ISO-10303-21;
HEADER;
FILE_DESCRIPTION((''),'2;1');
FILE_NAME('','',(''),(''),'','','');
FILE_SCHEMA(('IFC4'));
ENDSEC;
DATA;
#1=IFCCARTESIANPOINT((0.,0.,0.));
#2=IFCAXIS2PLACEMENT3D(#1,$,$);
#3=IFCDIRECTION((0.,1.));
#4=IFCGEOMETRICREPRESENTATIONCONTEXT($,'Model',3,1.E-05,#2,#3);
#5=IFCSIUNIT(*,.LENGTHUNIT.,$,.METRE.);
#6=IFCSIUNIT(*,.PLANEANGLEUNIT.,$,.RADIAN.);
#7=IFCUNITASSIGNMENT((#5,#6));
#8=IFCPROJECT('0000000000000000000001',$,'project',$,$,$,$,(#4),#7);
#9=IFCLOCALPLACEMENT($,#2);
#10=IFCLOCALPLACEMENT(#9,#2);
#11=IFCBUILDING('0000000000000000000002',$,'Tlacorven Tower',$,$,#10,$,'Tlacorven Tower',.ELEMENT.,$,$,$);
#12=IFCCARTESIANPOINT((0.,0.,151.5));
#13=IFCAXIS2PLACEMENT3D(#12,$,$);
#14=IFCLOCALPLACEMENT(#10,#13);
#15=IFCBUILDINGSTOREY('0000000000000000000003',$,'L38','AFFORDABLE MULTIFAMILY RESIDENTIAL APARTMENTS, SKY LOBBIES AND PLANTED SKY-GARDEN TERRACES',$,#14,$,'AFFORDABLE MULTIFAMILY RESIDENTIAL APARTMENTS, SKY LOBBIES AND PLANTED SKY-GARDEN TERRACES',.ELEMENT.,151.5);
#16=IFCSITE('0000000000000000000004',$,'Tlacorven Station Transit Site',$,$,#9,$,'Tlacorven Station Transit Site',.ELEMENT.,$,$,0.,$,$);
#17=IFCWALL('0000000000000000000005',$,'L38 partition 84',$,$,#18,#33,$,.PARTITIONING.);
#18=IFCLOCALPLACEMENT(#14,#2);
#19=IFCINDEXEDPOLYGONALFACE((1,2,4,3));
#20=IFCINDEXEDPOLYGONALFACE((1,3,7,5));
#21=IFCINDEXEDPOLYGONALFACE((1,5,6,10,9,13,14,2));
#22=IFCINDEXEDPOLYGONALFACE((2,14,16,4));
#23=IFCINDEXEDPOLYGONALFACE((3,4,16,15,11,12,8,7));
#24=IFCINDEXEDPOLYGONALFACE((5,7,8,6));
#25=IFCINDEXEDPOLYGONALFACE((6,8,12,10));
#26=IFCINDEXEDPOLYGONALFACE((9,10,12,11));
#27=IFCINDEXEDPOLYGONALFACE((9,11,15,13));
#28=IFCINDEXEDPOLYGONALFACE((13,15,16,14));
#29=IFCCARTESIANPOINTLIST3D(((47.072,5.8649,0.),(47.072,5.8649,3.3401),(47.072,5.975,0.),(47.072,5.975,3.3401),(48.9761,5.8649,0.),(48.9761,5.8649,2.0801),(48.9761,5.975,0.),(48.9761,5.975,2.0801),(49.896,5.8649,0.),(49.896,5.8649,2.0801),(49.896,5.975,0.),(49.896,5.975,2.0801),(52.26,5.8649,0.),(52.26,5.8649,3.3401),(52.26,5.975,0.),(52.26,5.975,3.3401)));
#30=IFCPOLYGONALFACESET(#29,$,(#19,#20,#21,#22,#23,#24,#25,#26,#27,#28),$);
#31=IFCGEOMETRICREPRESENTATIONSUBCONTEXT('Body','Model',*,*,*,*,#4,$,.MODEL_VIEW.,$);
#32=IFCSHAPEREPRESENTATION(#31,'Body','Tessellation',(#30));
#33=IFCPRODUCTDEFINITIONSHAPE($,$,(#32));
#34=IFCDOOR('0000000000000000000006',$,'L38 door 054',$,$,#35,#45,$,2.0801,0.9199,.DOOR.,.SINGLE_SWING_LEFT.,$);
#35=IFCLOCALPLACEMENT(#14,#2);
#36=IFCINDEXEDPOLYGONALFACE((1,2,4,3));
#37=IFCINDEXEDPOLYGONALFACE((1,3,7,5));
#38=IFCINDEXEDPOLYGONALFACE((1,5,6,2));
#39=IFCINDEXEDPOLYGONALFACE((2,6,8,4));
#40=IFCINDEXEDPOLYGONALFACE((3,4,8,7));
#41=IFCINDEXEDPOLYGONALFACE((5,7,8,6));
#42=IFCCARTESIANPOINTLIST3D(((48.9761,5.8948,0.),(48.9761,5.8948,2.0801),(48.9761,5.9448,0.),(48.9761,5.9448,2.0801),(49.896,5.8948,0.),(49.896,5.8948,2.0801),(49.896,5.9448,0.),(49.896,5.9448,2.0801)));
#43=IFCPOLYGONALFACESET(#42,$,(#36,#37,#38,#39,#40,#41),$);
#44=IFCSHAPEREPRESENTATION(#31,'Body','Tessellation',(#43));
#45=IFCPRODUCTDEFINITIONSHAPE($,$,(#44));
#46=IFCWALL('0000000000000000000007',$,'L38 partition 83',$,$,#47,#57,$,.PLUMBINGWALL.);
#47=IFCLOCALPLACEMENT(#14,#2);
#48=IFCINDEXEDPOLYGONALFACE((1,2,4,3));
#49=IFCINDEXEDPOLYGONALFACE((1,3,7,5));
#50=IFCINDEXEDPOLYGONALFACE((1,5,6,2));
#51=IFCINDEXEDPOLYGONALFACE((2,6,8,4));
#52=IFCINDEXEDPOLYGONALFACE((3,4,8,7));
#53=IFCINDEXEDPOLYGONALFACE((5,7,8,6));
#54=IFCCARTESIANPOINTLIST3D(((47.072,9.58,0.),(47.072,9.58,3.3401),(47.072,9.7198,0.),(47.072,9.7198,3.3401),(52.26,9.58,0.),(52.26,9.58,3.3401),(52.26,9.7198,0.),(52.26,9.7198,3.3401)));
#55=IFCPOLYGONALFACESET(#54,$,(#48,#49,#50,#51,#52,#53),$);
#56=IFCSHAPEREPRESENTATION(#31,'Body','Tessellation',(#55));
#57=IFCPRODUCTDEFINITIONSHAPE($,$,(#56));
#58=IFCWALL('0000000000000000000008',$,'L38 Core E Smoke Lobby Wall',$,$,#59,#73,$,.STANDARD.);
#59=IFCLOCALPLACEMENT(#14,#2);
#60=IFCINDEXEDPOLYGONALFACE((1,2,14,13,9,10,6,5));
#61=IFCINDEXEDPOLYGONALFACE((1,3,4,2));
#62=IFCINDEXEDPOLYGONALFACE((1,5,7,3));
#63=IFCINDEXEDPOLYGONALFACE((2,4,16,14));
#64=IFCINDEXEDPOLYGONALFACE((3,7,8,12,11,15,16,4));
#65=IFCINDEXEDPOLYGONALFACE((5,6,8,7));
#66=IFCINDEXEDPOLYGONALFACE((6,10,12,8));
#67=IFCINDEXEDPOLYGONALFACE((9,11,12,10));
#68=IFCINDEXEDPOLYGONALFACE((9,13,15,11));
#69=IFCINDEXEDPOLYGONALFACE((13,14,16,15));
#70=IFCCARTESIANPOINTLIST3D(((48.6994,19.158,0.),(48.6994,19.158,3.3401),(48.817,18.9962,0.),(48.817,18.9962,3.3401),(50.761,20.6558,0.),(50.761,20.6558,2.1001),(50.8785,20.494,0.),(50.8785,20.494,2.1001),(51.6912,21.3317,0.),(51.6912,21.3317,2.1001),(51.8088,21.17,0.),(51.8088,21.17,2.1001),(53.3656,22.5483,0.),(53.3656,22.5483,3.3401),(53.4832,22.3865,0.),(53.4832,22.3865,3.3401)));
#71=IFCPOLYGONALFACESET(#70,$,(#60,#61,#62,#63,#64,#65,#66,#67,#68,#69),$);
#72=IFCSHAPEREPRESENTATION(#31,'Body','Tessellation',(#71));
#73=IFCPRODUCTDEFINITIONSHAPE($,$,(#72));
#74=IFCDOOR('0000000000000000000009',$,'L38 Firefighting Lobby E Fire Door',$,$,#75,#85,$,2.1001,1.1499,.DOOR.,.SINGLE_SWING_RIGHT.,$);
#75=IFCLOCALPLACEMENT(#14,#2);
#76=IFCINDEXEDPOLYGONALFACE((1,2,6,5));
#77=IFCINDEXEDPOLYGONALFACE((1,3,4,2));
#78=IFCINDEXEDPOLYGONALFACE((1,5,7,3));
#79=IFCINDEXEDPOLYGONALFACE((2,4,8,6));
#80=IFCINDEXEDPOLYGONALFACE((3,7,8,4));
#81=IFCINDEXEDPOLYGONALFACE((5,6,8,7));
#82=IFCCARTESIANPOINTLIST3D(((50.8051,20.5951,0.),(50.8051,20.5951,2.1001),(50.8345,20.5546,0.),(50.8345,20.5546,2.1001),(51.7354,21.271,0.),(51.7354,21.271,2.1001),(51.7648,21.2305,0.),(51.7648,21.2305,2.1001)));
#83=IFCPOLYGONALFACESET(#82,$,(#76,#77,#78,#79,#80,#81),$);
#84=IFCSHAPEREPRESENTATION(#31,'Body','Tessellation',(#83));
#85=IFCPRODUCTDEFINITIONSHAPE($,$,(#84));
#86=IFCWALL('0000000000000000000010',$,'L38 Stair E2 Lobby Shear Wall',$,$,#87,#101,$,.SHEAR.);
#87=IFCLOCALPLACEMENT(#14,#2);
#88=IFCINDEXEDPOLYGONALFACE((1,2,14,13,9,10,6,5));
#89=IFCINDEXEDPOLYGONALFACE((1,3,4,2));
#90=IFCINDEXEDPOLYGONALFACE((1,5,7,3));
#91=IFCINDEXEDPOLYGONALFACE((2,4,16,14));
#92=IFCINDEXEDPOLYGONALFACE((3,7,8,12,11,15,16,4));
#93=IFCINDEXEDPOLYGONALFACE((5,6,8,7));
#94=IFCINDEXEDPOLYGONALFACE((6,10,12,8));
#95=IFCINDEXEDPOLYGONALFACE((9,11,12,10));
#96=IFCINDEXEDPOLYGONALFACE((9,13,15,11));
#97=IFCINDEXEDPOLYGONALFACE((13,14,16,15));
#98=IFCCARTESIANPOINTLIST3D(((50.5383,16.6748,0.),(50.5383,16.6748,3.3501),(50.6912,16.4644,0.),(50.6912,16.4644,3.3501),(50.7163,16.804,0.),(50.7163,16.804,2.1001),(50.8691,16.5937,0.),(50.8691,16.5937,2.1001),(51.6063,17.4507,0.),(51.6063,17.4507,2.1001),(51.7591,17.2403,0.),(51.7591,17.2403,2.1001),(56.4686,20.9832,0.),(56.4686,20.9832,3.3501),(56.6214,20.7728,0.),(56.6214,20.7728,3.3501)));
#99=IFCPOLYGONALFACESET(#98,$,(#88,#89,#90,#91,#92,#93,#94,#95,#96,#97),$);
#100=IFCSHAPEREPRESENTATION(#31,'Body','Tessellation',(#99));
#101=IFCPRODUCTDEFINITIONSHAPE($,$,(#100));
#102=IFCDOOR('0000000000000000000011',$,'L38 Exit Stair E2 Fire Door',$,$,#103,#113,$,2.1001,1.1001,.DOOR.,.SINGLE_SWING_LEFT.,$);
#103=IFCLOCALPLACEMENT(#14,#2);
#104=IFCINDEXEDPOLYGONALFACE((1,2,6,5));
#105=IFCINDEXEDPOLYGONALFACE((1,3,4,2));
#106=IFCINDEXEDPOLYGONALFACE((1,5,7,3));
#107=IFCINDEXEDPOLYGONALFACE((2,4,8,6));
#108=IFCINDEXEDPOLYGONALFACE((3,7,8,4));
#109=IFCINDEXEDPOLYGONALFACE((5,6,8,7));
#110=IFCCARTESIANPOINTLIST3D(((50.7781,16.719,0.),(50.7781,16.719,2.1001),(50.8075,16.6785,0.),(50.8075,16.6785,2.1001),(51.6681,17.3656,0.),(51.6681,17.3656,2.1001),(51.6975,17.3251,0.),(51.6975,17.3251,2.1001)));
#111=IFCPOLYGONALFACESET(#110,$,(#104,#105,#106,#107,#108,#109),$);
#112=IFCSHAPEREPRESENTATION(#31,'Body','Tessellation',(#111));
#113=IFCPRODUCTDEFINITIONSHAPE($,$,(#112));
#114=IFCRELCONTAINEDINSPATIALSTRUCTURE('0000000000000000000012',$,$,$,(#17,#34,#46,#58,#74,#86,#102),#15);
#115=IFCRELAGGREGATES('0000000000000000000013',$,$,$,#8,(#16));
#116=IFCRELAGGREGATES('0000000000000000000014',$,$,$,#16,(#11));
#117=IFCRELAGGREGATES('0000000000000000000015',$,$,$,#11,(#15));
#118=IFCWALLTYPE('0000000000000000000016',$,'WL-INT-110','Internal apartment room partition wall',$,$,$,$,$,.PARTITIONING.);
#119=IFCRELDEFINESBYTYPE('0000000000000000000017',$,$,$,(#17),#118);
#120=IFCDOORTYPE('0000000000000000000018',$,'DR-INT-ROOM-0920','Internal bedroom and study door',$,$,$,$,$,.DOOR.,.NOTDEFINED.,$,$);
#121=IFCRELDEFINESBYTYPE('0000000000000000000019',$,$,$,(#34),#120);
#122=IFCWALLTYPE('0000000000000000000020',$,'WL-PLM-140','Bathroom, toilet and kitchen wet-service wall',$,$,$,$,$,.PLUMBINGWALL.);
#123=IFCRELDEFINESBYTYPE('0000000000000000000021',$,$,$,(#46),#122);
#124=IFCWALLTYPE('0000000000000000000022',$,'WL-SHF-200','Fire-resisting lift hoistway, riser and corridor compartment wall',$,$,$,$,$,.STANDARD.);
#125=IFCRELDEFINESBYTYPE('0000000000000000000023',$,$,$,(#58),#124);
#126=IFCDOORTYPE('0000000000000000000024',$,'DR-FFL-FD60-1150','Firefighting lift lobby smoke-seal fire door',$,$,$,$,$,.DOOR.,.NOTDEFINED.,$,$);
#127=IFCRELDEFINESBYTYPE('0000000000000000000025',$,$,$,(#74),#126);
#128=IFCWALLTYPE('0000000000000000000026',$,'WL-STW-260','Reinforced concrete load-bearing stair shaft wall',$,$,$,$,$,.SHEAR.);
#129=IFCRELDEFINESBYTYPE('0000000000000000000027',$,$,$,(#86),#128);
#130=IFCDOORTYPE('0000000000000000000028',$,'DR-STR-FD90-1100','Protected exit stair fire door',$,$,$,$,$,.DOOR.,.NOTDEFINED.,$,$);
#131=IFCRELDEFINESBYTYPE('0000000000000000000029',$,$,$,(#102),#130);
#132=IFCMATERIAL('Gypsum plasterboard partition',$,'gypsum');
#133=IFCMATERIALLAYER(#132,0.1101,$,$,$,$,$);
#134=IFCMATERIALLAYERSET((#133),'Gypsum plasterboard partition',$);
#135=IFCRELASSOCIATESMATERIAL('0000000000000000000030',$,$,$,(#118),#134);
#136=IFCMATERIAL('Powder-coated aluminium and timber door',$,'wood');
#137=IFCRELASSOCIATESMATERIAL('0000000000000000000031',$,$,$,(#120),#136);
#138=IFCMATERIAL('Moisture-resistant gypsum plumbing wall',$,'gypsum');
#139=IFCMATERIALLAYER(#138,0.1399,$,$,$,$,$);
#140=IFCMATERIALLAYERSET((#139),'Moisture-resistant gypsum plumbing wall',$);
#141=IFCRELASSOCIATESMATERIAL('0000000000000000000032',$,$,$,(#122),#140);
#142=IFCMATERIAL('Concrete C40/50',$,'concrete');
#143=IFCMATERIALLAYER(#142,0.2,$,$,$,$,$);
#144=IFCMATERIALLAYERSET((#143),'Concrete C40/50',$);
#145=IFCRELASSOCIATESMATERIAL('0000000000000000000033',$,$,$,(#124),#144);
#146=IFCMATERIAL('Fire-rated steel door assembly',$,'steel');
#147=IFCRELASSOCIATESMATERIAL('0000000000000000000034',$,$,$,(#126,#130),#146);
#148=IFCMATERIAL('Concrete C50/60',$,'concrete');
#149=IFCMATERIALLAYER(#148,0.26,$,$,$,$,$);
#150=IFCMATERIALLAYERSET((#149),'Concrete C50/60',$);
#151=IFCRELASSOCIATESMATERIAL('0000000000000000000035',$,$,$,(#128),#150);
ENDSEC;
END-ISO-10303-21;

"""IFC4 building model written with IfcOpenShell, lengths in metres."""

from ifc_helpers import new_model, si_unit, direction, frame, frame_2d, origin, place, context, subcontext, project, spatial, rectangle, extrude, source, transform, mapped, material, layer, layer_set, type_object, element, fill, save


model = new_model("IFC4")

# Units and contexts
model_context = context("Model", 3, precision=1e-05, world=origin(), true_north=direction((0.0, 1.0)))
body_context = subcontext(model_context, "Body", "Model", "MODEL_VIEW")
ifc_project = project(units=[si_unit("LENGTHUNIT", "METRE"), si_unit("PLANEANGLEUNIT", "RADIAN")], contexts=[model_context])

# Site, building, storey
site_placement = place(None, origin())
site = spatial("IfcSite", under=ifc_project, at=site_placement, Name="Tlacorven Station Transit Site", LongName="Tlacorven Station Transit Site", CompositionType="ELEMENT", RefElevation=0.0)
building_placement = place(site_placement, origin())
building = spatial("IfcBuilding", under=site, at=building_placement, Name="Tlacorven Tower", LongName="Tlacorven Tower", CompositionType="ELEMENT")
storey_placement = place(building_placement, frame((0.0, 0.0, 151.5)))
storey = spatial("IfcBuildingStorey", under=building, at=storey_placement, Name="L38", Description="AFFORDABLE MULTIFAMILY RESIDENTIAL APARTMENTS, SKY LOBBIES AND PLANTED SKY-GARDEN TERRACES", LongName="AFFORDABLE MULTIFAMILY RESIDENTIAL APARTMENTS, SKY LOBBIES AND PLANTED SKY-GARDEN TERRACES", CompositionType="ELEMENT", Elevation=151.5)

# Shared definitions
ifc_material_1 = material(Name="Gypsum plasterboard partition", Category="gypsum")
ifc_layer_1 = layer(ifc_material_1, 0.1101)
ifc_layer_set_1 = layer_set([ifc_layer_1], Name="Gypsum plasterboard partition")
wall_type_1 = type_object("IfcWallType", Name="WL-INT-110", Description="Internal apartment room partition wall", PredefinedType="PARTITIONING", material=ifc_layer_set_1)
ifc_material_2 = material(Name="Powder-coated aluminium and timber door", Category="wood")
door_type_1 = type_object("IfcDoorType", Name="DR-INT-ROOM-0920", Description="Internal bedroom and study door", OperationType="NOTDEFINED", PredefinedType="DOOR", material=ifc_material_2)
shared_shape_1 = source(origin(), body_context, "Body", "SweptSolid", [
    extrude(rectangle(XDim=0.9199, YDim=2.0801, at=frame_2d((0.46, 1.04))), frame((0.0, 0.0249, 0.0), z_axis=(0.0, -1.0, 0.0), x_axis=(1.0, 0.0, 0.0)), (0.0, 0.0, 1.0), 0.05),
])

# Wall, opening, door
wall_1_placement = place(storey_placement, frame((47.072, 5.9199, 0.0), z_axis=(0.0, 0.0, 1.0), x_axis=(1.0, 0.0, 0.0)))
wall_1 = element("IfcWall", 1, at=wall_1_placement, inside=storey, type_object=wall_type_1, Name="L38 partition 84", PredefinedType="PARTITIONING", context=body_context, shape_type="SweptSolid", body=[
    extrude(rectangle(XDim=5.188, YDim=0.1101, at=frame_2d((2.594, 0.0))), origin(), (0.0, 0.0, 1.0), 3.3401),
])
opening_1_placement = place(wall_1_placement, frame((1.9041, 0.0, 0.0)))
opening_1 = element("IfcOpeningElement", 2, at=opening_1_placement, cuts=wall_1, PredefinedType="OPENING", context=body_context, shape_type="SweptSolid", body=[
    extrude(rectangle(XDim=0.9199, YDim=2.0801, at=frame_2d((0.46, 1.04))), frame((0.0, 0.0649, 0.0), z_axis=(0.0, -1.0, 0.0), x_axis=(1.0, 0.0, 0.0)), (0.0, 0.0, 1.0), 0.1301),
])
door_1_placement = place(opening_1_placement, origin())
door_1 = element("IfcDoor", 3, at=door_1_placement, inside=storey, type_object=door_type_1, Name="L38 door 054", OperationType="SINGLE_SWING_LEFT", OverallHeight=2.0801, OverallWidth=0.9199, PredefinedType="DOOR", context=body_context, shape_type="MappedRepresentation", body=[
    mapped(shared_shape_1, transform((0.0, 0.0, 0.0), scale=1.0)),
])
fill(opening_1, door_1)

# Wall
ifc_material_3 = material(Name="Moisture-resistant gypsum plumbing wall", Category="gypsum")
ifc_layer_2 = layer(ifc_material_3, 0.1399)
ifc_layer_set_2 = layer_set([ifc_layer_2], Name="Moisture-resistant gypsum plumbing wall")
wall_type_2 = type_object("IfcWallType", Name="WL-PLM-140", Description="Bathroom, toilet and kitchen wet-service wall", PredefinedType="PLUMBINGWALL", material=ifc_layer_set_2)
wall_2_placement = place(storey_placement, frame((47.072, 9.6499, 0.0), z_axis=(0.0, 0.0, 1.0), x_axis=(1.0, 0.0, 0.0)))
element("IfcWall", 4, at=wall_2_placement, inside=storey, type_object=wall_type_2, Name="L38 partition 83", PredefinedType="PLUMBINGWALL", context=body_context, shape_type="SweptSolid", body=[
    extrude(rectangle(XDim=5.188, YDim=0.1399, at=frame_2d((2.594, 0.0))), origin(), (0.0, 0.0, 1.0), 3.3401),
])

# Walls, openings, doors
ifc_material_4 = material(Name="Concrete C40/50", Category="concrete")
ifc_layer_3 = layer(ifc_material_4, 0.2)
ifc_layer_set_3 = layer_set([ifc_layer_3], Name="Concrete C40/50")
wall_type_3 = type_object("IfcWallType", Name="WL-SHF-200", Description="Fire-resisting lift hoistway, riser and corridor compartment wall", PredefinedType="STANDARD", material=ifc_layer_set_3)
wall_3_placement = place(storey_placement, frame((48.7583, 19.0771, 0.0), z_axis=(0.0, 0.0, 1.0), x_axis=(0.809005, 0.587802, 0.0)))
wall_3 = element("IfcWall", 5, at=wall_3_placement, inside=storey, type_object=wall_type_3, Name="L38 Core E Smoke Lobby Wall", PredefinedType="STANDARD", context=body_context, shape_type="SweptSolid", body=[
    extrude(rectangle(XDim=5.7678, YDim=0.2, at=frame_2d((2.8838, 0.0))), origin(), (0.0, 0.0, 1.0), 3.3401),
])
opening_2_placement = place(wall_3_placement, frame((2.5481, 0.0, 0.0)))
opening_2 = element("IfcOpeningElement", 6, at=opening_2_placement, cuts=wall_3, PredefinedType="OPENING", context=body_context, shape_type="SweptSolid", body=[
    extrude(rectangle(XDim=1.1499, YDim=2.1001, at=frame_2d((0.575, 1.05))), frame((0.0, 0.1099, 0.0), z_axis=(0.0, -1.0, 0.0), x_axis=(1.0, 0.0, 0.0)), (0.0, 0.0, 1.0), 0.22),
])
ifc_material_5 = material(Name="Fire-rated steel door assembly", Category="steel")
door_type_2 = type_object("IfcDoorType", Name="DR-FFL-FD60-1150", Description="Firefighting lift lobby smoke-seal fire door", OperationType="NOTDEFINED", PredefinedType="DOOR", material=ifc_material_5)
shared_shape_2 = source(origin(), body_context, "Body", "SweptSolid", [
    extrude(rectangle(XDim=1.1499, YDim=2.1001, at=frame_2d((0.575, 1.05))), frame((0.0, 0.0249, 0.0), z_axis=(0.0, -1.0, 0.0), x_axis=(1.0, 0.0, 0.0)), (0.0, 0.0, 1.0), 0.05),
])
door_2_placement = place(opening_2_placement, origin())
door_2 = element("IfcDoor", 7, at=door_2_placement, inside=storey, type_object=door_type_2, Name="L38 Firefighting Lobby E Fire Door", OperationType="SINGLE_SWING_RIGHT", OverallHeight=2.1001, OverallWidth=1.1499, PredefinedType="DOOR", context=body_context, shape_type="MappedRepresentation", body=[
    mapped(shared_shape_2, transform((0.0, 0.0, 0.0), scale=1.0)),
])
fill(opening_2, door_2)
ifc_material_6 = material(Name="Concrete C50/60", Category="concrete")
ifc_layer_4 = layer(ifc_material_6, 0.26)
ifc_layer_set_4 = layer_set([ifc_layer_4], Name="Concrete C50/60")
wall_type_4 = type_object("IfcWallType", Name="WL-STW-260", Description="Reinforced concrete load-bearing stair shaft wall", PredefinedType="SHEAR", material=ifc_layer_set_4)
wall_4_placement = place(storey_placement, frame((50.6147, 16.5696, 0.0), z_axis=(0.0, 0.0, 1.0), x_axis=(0.809028, 0.58777, 0.0)))
wall_4 = element("IfcWall", 8, at=wall_4_placement, inside=storey, type_object=wall_type_4, Name="L38 Stair E2 Lobby Shear Wall", PredefinedType="SHEAR", context=body_context, shape_type="SweptSolid", body=[
    extrude(rectangle(XDim=7.3301, YDim=0.26, at=frame_2d((3.665, 0.0))), origin(), (0.0, 0.0, 1.0), 3.3501),
])
opening_3_placement = place(wall_4_placement, frame((0.22, 0.0, 0.0)))
opening_3 = element("IfcOpeningElement", 9, at=opening_3_placement, cuts=wall_4, PredefinedType="OPENING", context=body_context, shape_type="SweptSolid", body=[
    extrude(rectangle(XDim=1.1001, YDim=2.1001, at=frame_2d((0.55, 1.05))), frame((0.0, 0.1401, 0.0), z_axis=(0.0, -1.0, 0.0), x_axis=(1.0, 0.0, 0.0)), (0.0, 0.0, 1.0), 0.28),
])
door_type_3 = type_object("IfcDoorType", Name="DR-STR-FD90-1100", Description="Protected exit stair fire door", OperationType="NOTDEFINED", PredefinedType="DOOR", material=ifc_material_5)
shared_shape_3 = source(origin(), body_context, "Body", "SweptSolid", [
    extrude(rectangle(XDim=1.1001, YDim=2.1001, at=frame_2d((0.55, 1.05))), frame((0.0, 0.0249, 0.0), z_axis=(0.0, -1.0, 0.0), x_axis=(1.0, 0.0, 0.0)), (0.0, 0.0, 1.0), 0.05),
])
door_3_placement = place(opening_3_placement, origin())
door_3 = element("IfcDoor", 10, at=door_3_placement, inside=storey, type_object=door_type_3, Name="L38 Exit Stair E2 Fire Door", OperationType="SINGLE_SWING_LEFT", OverallHeight=2.1001, OverallWidth=1.1001, PredefinedType="DOOR", context=body_context, shape_type="MappedRepresentation", body=[
    mapped(shared_shape_3, transform((0.0, 0.0, 0.0), scale=1.0)),
])
fill(opening_3, door_3)

save(model, "model.ifc")
